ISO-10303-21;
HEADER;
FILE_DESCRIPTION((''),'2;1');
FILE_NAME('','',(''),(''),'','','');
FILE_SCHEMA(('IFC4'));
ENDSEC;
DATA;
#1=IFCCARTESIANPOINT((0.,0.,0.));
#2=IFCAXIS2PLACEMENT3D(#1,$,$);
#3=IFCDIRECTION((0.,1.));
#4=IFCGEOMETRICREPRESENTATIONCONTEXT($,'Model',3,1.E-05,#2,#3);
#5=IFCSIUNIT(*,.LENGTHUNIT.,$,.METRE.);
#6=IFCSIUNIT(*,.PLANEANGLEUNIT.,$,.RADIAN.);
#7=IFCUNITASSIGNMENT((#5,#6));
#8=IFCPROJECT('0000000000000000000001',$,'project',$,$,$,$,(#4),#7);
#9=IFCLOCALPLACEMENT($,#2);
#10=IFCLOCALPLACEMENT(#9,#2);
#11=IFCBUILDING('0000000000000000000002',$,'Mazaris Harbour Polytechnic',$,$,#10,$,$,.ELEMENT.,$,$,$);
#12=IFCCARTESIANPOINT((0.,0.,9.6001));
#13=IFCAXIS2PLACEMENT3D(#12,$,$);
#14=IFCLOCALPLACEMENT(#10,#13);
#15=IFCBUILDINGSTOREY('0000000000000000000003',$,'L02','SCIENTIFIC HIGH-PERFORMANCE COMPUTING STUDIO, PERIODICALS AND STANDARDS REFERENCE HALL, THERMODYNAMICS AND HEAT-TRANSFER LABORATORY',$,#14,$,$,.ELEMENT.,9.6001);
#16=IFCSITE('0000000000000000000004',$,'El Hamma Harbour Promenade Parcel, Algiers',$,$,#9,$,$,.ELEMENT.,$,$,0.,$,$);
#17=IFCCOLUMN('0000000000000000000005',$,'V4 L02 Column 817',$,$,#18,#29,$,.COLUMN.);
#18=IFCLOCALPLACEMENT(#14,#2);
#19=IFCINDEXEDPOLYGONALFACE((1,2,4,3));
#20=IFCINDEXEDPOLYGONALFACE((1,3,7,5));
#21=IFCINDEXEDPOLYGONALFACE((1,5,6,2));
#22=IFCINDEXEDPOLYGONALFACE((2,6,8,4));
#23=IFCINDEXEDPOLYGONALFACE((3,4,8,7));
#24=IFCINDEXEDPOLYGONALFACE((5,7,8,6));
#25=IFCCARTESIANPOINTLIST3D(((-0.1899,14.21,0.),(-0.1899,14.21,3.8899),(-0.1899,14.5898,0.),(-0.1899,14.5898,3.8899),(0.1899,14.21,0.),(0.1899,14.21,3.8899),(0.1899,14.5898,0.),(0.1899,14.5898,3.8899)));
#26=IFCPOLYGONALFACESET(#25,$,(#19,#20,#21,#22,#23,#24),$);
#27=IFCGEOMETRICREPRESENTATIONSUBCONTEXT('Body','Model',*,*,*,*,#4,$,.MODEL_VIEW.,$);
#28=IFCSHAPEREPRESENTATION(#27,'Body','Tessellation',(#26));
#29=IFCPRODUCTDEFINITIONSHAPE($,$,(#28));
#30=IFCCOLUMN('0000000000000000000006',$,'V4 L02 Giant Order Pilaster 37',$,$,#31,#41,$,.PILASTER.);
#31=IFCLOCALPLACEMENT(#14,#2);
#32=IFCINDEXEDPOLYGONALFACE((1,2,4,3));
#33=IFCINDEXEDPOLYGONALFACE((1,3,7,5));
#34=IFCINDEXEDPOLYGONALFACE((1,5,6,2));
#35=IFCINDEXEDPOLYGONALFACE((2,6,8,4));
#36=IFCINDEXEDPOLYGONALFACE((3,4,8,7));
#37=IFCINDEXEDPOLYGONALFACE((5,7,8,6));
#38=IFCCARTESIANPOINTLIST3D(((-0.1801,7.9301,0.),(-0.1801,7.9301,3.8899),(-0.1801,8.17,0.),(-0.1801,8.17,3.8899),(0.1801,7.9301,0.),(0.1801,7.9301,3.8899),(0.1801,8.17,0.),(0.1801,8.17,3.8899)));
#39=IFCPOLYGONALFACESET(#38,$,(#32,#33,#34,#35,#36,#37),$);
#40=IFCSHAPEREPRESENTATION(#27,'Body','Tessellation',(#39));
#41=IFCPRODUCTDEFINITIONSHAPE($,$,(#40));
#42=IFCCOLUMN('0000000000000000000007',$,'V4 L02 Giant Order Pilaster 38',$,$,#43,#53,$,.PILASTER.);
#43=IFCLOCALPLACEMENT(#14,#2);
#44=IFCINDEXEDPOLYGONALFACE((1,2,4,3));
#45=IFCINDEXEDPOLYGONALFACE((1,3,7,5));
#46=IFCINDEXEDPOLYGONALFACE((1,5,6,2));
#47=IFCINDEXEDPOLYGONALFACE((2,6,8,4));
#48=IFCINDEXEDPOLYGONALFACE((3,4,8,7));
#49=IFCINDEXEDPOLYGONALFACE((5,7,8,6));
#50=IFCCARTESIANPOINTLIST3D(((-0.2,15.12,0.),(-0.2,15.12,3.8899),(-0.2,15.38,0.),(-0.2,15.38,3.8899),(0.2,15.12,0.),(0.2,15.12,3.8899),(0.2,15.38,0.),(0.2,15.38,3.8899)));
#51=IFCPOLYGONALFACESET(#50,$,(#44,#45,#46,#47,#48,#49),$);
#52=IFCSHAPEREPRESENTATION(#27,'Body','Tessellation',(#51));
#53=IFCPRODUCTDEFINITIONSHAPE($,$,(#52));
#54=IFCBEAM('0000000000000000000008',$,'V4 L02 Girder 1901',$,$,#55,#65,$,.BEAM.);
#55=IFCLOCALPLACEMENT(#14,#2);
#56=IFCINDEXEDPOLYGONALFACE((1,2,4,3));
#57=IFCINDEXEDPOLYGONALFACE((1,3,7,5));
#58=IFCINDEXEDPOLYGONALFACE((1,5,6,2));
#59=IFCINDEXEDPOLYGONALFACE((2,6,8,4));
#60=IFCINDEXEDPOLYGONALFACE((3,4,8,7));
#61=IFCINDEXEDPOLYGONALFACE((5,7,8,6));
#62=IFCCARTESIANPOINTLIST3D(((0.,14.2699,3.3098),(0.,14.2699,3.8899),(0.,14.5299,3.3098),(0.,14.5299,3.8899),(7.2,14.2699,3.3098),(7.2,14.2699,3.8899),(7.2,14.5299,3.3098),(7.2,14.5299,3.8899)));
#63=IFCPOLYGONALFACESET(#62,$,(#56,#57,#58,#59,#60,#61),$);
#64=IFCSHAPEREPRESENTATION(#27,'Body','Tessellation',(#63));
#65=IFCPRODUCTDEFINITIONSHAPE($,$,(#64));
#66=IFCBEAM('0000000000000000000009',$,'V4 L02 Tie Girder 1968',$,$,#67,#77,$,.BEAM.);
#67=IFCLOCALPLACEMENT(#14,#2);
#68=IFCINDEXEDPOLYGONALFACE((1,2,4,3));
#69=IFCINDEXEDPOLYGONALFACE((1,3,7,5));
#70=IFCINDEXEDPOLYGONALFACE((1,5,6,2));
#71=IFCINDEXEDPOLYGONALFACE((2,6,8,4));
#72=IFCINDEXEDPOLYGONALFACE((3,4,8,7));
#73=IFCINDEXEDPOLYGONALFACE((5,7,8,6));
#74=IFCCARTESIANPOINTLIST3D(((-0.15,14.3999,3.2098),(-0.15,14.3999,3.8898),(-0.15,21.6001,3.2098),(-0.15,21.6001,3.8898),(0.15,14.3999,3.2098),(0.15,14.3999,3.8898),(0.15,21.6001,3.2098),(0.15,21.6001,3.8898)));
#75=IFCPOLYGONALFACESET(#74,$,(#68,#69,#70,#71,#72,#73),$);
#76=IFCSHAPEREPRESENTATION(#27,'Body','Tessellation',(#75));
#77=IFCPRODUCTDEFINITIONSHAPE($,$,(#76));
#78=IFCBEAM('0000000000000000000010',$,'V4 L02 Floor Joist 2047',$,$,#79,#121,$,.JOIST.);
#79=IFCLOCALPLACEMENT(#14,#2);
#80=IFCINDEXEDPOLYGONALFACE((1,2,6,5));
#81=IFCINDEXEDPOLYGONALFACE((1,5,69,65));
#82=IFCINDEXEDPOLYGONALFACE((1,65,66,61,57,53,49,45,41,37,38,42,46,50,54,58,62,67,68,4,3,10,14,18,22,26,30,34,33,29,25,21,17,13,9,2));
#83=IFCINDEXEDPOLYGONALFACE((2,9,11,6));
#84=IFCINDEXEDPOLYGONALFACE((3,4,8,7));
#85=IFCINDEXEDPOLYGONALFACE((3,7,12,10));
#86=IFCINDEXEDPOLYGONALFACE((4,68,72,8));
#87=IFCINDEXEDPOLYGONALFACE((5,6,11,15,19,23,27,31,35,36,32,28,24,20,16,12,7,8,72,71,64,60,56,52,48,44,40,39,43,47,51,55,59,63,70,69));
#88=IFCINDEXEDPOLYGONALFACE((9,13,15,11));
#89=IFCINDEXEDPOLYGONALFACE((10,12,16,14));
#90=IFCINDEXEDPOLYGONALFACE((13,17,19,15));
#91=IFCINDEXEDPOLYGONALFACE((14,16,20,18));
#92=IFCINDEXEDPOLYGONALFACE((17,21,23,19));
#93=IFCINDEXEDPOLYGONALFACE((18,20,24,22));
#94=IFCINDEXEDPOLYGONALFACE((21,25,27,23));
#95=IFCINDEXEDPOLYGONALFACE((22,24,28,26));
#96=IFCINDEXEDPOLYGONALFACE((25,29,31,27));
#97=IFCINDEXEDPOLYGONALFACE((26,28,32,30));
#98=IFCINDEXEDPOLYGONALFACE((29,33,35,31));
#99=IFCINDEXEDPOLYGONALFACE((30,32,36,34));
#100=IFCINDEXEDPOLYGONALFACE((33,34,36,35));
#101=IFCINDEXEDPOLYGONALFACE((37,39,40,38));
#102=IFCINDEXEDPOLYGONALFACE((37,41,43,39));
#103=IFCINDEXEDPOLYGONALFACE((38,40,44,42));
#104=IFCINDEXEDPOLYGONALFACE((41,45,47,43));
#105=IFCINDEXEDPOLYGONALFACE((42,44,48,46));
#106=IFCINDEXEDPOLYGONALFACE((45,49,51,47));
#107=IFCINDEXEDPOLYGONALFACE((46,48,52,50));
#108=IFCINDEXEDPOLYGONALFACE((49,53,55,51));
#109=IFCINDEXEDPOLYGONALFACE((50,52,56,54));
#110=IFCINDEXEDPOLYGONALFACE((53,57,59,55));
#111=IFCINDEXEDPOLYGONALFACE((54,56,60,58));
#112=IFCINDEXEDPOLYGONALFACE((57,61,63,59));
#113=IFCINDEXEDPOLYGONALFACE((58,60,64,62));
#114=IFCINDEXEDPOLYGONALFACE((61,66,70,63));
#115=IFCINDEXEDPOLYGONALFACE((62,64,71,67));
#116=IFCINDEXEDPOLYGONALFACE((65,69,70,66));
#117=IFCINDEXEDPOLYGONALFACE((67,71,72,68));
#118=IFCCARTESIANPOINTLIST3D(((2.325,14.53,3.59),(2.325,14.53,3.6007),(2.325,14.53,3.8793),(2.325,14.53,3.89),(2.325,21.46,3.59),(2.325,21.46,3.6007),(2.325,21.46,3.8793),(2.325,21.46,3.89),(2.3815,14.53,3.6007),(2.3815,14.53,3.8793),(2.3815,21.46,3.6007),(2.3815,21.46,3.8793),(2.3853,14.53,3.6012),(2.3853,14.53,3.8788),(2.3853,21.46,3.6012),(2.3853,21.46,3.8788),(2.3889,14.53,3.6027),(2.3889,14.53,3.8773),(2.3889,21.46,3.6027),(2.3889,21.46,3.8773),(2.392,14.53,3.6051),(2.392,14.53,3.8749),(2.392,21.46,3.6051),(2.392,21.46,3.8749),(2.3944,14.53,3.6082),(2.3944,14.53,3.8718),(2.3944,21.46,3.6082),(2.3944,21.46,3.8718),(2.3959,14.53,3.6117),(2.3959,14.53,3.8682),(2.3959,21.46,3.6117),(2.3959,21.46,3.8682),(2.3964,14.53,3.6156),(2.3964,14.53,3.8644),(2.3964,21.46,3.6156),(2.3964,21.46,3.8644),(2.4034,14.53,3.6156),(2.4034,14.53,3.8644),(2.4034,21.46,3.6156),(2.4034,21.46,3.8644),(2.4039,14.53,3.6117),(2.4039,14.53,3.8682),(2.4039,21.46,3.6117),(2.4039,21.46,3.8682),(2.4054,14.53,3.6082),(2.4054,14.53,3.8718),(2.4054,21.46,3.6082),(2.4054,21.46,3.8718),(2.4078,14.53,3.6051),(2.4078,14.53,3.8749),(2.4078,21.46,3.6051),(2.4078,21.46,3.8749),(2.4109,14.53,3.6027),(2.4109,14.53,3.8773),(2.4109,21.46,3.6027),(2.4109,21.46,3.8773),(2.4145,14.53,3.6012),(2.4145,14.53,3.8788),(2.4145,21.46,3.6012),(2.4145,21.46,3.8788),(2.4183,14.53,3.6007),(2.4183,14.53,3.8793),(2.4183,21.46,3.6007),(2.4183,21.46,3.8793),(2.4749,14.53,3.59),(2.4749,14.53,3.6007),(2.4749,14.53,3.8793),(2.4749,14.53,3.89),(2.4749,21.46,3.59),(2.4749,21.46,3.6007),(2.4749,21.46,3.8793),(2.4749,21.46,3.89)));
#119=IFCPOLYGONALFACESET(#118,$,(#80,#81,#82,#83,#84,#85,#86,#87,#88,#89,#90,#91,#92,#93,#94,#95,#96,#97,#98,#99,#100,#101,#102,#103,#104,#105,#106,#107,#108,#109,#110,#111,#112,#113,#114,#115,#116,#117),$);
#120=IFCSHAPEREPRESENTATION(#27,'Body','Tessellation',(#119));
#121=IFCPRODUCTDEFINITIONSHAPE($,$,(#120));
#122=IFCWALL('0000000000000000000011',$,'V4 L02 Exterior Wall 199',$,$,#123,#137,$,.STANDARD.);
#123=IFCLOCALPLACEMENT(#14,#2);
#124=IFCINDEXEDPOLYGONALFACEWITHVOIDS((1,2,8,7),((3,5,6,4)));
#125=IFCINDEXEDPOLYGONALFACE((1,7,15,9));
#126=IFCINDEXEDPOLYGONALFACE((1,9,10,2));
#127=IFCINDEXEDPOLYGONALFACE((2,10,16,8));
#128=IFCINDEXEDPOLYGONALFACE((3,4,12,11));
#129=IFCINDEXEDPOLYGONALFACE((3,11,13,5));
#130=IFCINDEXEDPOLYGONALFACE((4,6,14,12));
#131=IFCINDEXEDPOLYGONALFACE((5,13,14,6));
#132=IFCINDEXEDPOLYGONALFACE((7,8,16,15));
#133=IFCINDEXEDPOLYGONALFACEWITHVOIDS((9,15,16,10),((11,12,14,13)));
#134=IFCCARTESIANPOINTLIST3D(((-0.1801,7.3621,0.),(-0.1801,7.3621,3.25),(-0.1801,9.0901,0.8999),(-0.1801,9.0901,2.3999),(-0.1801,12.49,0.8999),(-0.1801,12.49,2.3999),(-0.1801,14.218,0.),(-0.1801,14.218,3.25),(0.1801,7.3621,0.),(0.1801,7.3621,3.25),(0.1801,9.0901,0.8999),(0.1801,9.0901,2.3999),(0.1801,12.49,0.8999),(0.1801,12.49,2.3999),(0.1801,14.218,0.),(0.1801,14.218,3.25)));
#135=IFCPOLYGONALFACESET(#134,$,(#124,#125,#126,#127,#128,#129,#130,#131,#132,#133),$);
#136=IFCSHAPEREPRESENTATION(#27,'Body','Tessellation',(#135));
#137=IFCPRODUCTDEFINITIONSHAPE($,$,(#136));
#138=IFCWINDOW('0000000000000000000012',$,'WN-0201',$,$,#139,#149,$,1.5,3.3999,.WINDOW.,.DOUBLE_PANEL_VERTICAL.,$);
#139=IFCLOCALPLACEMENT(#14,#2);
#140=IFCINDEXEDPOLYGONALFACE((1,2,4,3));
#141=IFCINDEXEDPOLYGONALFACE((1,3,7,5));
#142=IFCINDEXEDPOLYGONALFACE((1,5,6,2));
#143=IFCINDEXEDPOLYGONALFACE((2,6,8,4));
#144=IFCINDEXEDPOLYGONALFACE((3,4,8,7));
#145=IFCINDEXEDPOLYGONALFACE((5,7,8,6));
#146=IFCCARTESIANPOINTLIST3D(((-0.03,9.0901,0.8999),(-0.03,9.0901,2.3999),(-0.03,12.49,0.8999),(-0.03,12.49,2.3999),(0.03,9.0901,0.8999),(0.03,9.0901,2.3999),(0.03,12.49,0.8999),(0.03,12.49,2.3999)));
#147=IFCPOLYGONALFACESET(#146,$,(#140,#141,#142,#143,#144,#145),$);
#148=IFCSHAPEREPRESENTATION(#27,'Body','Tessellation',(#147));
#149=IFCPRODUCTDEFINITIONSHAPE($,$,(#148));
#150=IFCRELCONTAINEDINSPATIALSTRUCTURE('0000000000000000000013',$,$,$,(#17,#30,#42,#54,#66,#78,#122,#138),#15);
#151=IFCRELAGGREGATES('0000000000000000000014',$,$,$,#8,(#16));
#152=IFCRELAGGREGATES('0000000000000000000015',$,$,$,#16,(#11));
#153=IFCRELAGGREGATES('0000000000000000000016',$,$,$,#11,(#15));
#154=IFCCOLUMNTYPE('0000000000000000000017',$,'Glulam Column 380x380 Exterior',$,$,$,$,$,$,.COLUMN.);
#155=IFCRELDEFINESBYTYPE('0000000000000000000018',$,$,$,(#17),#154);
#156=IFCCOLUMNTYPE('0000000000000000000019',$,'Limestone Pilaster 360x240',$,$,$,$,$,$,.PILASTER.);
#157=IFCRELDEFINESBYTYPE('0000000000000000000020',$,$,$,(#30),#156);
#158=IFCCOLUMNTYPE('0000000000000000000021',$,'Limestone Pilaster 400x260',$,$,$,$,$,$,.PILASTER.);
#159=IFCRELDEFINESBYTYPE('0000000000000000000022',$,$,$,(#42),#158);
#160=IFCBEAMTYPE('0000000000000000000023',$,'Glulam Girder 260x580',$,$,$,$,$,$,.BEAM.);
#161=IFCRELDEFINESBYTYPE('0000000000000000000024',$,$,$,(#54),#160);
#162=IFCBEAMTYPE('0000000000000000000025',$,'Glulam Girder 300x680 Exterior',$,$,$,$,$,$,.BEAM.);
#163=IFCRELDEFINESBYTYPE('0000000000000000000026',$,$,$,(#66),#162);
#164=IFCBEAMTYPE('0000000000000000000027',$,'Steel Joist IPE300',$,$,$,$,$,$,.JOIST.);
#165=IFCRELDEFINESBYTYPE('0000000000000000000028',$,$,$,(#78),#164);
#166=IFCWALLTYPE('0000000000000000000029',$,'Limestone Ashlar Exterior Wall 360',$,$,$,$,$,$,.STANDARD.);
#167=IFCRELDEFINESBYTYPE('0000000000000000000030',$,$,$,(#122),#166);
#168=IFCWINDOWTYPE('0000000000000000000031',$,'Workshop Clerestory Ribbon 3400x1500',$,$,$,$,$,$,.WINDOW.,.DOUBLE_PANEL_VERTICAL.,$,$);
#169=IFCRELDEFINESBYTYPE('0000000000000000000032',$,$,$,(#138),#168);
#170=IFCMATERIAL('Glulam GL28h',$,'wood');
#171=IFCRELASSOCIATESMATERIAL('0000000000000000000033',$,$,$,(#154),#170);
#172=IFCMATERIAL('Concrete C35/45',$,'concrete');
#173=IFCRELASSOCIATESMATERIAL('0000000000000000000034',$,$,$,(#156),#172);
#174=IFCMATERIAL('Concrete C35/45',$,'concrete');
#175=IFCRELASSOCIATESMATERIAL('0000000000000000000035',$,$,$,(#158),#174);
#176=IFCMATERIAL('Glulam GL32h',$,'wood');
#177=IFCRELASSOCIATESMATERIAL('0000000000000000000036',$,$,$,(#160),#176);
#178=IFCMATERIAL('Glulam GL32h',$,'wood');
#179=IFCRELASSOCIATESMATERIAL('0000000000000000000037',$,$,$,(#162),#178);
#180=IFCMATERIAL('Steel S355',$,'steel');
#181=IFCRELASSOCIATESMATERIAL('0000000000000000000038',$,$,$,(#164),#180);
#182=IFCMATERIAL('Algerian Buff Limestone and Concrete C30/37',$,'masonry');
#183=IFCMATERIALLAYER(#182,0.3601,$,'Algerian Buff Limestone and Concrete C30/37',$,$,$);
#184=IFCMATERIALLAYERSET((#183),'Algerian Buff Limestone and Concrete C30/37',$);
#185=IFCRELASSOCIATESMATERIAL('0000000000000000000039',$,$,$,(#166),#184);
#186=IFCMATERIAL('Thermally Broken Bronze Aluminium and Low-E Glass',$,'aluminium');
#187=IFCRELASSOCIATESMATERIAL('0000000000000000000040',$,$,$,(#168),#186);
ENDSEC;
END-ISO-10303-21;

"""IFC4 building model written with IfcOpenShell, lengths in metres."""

from ifc_helpers import new_model, si_unit, direction, frame, frame_2d, origin, origin_2d, place, context, subcontext, project, spatial, rectangle, i_section, extrude, material, layer, layer_set, material_profile, profile_set, type_object, element, fill, save


model = new_model("IFC4")

# Units and contexts
model_context = context("Model", 3, precision=1e-05, world=origin(), true_north=direction((0.0, 1.0)))
body_context = subcontext(model_context, "Body", "Model", "MODEL_VIEW")
ifc_project = project(units=[si_unit("LENGTHUNIT", "METRE"), si_unit("PLANEANGLEUNIT", "RADIAN")], contexts=[model_context])

# Site, building, storey
site_placement = place(None, origin())
site = spatial("IfcSite", under=ifc_project, at=site_placement, Name="El Hamma Harbour Promenade Parcel, Algiers", CompositionType="ELEMENT", RefElevation=0.0)
building_placement = place(site_placement, origin())
building = spatial("IfcBuilding", under=site, at=building_placement, Name="Mazaris Harbour Polytechnic", CompositionType="ELEMENT")
storey_placement = place(building_placement, frame((0.0, 0.0, 9.6001)))
storey = spatial("IfcBuildingStorey", under=building, at=storey_placement, Name="L02", Description="SCIENTIFIC HIGH-PERFORMANCE COMPUTING STUDIO, PERIODICALS AND STANDARDS REFERENCE HALL, THERMODYNAMICS AND HEAT-TRANSFER LABORATORY", CompositionType="ELEMENT", Elevation=9.6001)

# Columns
ifc_material_1 = material(Name="Glulam GL28h", Category="wood")
ifc_material_profile_1 = material_profile(ifc_material_1, rectangle(XDim=0.3799, YDim=0.3799, at=origin_2d()), Name="RECT380x380")
ifc_profile_set_1 = profile_set([ifc_material_profile_1], Name="Glulam GL28h")
column_type_1 = type_object("IfcColumnType", Name="Glulam Column 380x380 Exterior", PredefinedType="COLUMN", material=ifc_profile_set_1)
column_1_placement = place(storey_placement, frame((0.0, 14.3999, 0.0), z_axis=(0.0, 0.0, 1.0), x_axis=(1.0, 0.0, 0.0)))
element("IfcColumn", 1, at=column_1_placement, inside=storey, type_object=column_type_1, Name="V4 L02 Column 817", PredefinedType="COLUMN", context=body_context, shape_type="SweptSolid", body=[
    extrude(rectangle(XDim=0.3799, YDim=0.3799, at=origin_2d()), origin(), (0.0, 0.0, 1.0), 3.8899),
])
ifc_material_2 = material(Name="Concrete C35/45", Category="concrete")
ifc_material_profile_2 = material_profile(ifc_material_2, rectangle(XDim=0.3601, YDim=0.24, at=origin_2d()), Name="RECT360x240")
ifc_profile_set_2 = profile_set([ifc_material_profile_2], Name="Concrete C35/45")
column_type_2 = type_object("IfcColumnType", Name="Limestone Pilaster 360x240", PredefinedType="PILASTER", material=ifc_profile_set_2)
column_2_placement = place(storey_placement, frame((0.0, 8.05, 0.0), z_axis=(0.0, 0.0, 1.0), x_axis=(1.0, 0.0, 0.0)))
element("IfcColumn", 2, at=column_2_placement, inside=storey, type_object=column_type_2, Name="V4 L02 Giant Order Pilaster 37", PredefinedType="PILASTER", context=body_context, shape_type="SweptSolid", body=[
    extrude(rectangle(XDim=0.3601, YDim=0.24, at=origin_2d()), origin(), (0.0, 0.0, 1.0), 3.8899),
])
ifc_material_3 = material(Name="Concrete C35/45", Category="concrete")
ifc_material_profile_3 = material_profile(ifc_material_3, rectangle(XDim=0.3999, YDim=0.26, at=origin_2d()), Name="RECT400x260")
ifc_profile_set_3 = profile_set([ifc_material_profile_3], Name="Concrete C35/45")
column_type_3 = type_object("IfcColumnType", Name="Limestone Pilaster 400x260", PredefinedType="PILASTER", material=ifc_profile_set_3)
column_3_placement = place(storey_placement, frame((0.0, 15.25, 0.0), z_axis=(0.0, 0.0, 1.0), x_axis=(1.0, 0.0, 0.0)))
element("IfcColumn", 3, at=column_3_placement, inside=storey, type_object=column_type_3, Name="V4 L02 Giant Order Pilaster 38", PredefinedType="PILASTER", context=body_context, shape_type="SweptSolid", body=[
    extrude(rectangle(XDim=0.3999, YDim=0.26, at=origin_2d()), origin(), (0.0, 0.0, 1.0), 3.8899),
])

# Beams
ifc_material_4 = material(Name="Glulam GL32h", Category="wood")
ifc_material_profile_4 = material_profile(ifc_material_4, rectangle(XDim=0.26, YDim=0.5801, at=origin_2d()), Name="RECT260x580")
ifc_profile_set_4 = profile_set([ifc_material_profile_4], Name="Glulam GL32h")
beam_type_1 = type_object("IfcBeamType", Name="Glulam Girder 260x580", PredefinedType="BEAM", material=ifc_profile_set_4)
beam_1_placement = place(storey_placement, frame((0.0, 14.3999, 3.5999), z_axis=(1.0, 0.0, 0.0), x_axis=(0.0, 1.0, 0.0)))
element("IfcBeam", 4, at=beam_1_placement, inside=storey, type_object=beam_type_1, Name="V4 L02 Girder 1901", PredefinedType="BEAM", context=body_context, shape_type="SweptSolid", body=[
    extrude(rectangle(XDim=0.26, YDim=0.5801, at=origin_2d()), origin(), (0.0, 0.0, 1.0), 7.2),
])
ifc_material_5 = material(Name="Glulam GL32h", Category="wood")
ifc_material_profile_5 = material_profile(ifc_material_5, rectangle(XDim=0.3, YDim=0.6799, at=origin_2d()), Name="RECT300x680")
ifc_profile_set_5 = profile_set([ifc_material_profile_5], Name="Glulam GL32h")
beam_type_2 = type_object("IfcBeamType", Name="Glulam Girder 300x680 Exterior", PredefinedType="BEAM", material=ifc_profile_set_5)
beam_2_placement = place(storey_placement, frame((0.0, 14.3999, 3.5498), z_axis=(0.0, 1.0, 0.0), x_axis=(-1.0, 0.0, 0.0)))
element("IfcBeam", 5, at=beam_2_placement, inside=storey, type_object=beam_type_2, Name="V4 L02 Tie Girder 1968", PredefinedType="BEAM", context=body_context, shape_type="SweptSolid", body=[
    extrude(rectangle(XDim=0.3, YDim=0.6799, at=origin_2d()), origin(), (0.0, 0.0, 1.0), 7.2002),
])
ifc_material_6 = material(Name="Steel S355", Category="steel")
ifc_material_profile_6 = material_profile(ifc_material_6, i_section(OverallWidth=0.1499, OverallDepth=0.3, WebThickness=0.0071, FlangeThickness=0.0107, FilletRadius=0.0149, at=origin_2d()), Name="IPE 300")
ifc_profile_set_6 = profile_set([ifc_material_profile_6], Name="Steel S355")
beam_type_3 = type_object("IfcBeamType", Name="Steel Joist IPE300", PredefinedType="JOIST", material=ifc_profile_set_6)
beam_3_placement = place(storey_placement, frame((2.3999, 14.53, 3.74), z_axis=(0.0, 1.0, 0.0), x_axis=(-1.0, 0.0, 0.0)))
element("IfcBeam", 6, at=beam_3_placement, inside=storey, type_object=beam_type_3, Name="V4 L02 Floor Joist 2047", PredefinedType="JOIST", context=body_context, shape_type="SweptSolid", body=[
    extrude(i_section(OverallWidth=0.1499, OverallDepth=0.3, WebThickness=0.0071, FlangeThickness=0.0107, FilletRadius=0.0149, at=origin_2d()), origin(), (0.0, 0.0, 1.0), 6.9299),
])

# Wall, opening, window
ifc_material_7 = material(Name="Algerian Buff Limestone and Concrete C30/37", Category="masonry")
ifc_layer_1 = layer(ifc_material_7, 0.3601, Name="Algerian Buff Limestone and Concrete C30/37")
ifc_layer_set_1 = layer_set([ifc_layer_1], Name="Algerian Buff Limestone and Concrete C30/37")
wall_type_1 = type_object("IfcWallType", Name="Limestone Ashlar Exterior Wall 360", PredefinedType="STANDARD", material=ifc_layer_set_1)
wall_1_placement = place(storey_placement, frame((0.0, 7.3621, 0.0), z_axis=(0.0, 0.0, 1.0), x_axis=(0.0, 1.0, 0.0)))
wall_1 = element("IfcWall", 7, at=wall_1_placement, inside=storey, type_object=wall_type_1, Name="V4 L02 Exterior Wall 199", PredefinedType="STANDARD", context=body_context, shape_type="SweptSolid", body=[
    extrude(rectangle(XDim=6.856, YDim=0.3601, at=frame_2d((3.428, 0.0))), origin(), (0.0, 0.0, 1.0), 3.25),
])
opening_1_placement = place(wall_1_placement, frame((1.728, 0.0, 0.8999)))
opening_1 = element("IfcOpeningElement", 8, at=opening_1_placement, cuts=wall_1, PredefinedType="OPENING", context=body_context, shape_type="SweptSolid", body=[
    extrude(rectangle(XDim=3.3999, YDim=1.5, at=frame_2d((1.7, 0.75))), frame((0.0, 0.1899, 0.0), z_axis=(0.0, -1.0, 0.0), x_axis=(1.0, 0.0, 0.0)), (0.0, 0.0, 1.0), 0.3801),
])
ifc_material_8 = material(Name="Thermally Broken Bronze Aluminium and Low-E Glass", Category="aluminium")
window_type = type_object("IfcWindowType", Name="Workshop Clerestory Ribbon 3400x1500", PartitioningType="DOUBLE_PANEL_VERTICAL", PredefinedType="WINDOW", material=ifc_material_8)
window_1_placement = place(opening_1_placement, origin())
window_1 = element("IfcWindow", 9, at=window_1_placement, inside=storey, type_object=window_type, Name="WN-0201", OverallHeight=1.5, OverallWidth=3.3999, PartitioningType="DOUBLE_PANEL_VERTICAL", PredefinedType="WINDOW", context=body_context, shape_type="SweptSolid", body=[
    extrude(rectangle(XDim=3.3999, YDim=1.5, at=frame_2d((1.7, 0.75))), frame((0.0, 0.03, 0.0), z_axis=(0.0, -1.0, 0.0), x_axis=(1.0, 0.0, 0.0)), (0.0, 0.0, 1.0), 0.0601),
])
fill(opening_1, window_1)

save(model, "model.ifc")
